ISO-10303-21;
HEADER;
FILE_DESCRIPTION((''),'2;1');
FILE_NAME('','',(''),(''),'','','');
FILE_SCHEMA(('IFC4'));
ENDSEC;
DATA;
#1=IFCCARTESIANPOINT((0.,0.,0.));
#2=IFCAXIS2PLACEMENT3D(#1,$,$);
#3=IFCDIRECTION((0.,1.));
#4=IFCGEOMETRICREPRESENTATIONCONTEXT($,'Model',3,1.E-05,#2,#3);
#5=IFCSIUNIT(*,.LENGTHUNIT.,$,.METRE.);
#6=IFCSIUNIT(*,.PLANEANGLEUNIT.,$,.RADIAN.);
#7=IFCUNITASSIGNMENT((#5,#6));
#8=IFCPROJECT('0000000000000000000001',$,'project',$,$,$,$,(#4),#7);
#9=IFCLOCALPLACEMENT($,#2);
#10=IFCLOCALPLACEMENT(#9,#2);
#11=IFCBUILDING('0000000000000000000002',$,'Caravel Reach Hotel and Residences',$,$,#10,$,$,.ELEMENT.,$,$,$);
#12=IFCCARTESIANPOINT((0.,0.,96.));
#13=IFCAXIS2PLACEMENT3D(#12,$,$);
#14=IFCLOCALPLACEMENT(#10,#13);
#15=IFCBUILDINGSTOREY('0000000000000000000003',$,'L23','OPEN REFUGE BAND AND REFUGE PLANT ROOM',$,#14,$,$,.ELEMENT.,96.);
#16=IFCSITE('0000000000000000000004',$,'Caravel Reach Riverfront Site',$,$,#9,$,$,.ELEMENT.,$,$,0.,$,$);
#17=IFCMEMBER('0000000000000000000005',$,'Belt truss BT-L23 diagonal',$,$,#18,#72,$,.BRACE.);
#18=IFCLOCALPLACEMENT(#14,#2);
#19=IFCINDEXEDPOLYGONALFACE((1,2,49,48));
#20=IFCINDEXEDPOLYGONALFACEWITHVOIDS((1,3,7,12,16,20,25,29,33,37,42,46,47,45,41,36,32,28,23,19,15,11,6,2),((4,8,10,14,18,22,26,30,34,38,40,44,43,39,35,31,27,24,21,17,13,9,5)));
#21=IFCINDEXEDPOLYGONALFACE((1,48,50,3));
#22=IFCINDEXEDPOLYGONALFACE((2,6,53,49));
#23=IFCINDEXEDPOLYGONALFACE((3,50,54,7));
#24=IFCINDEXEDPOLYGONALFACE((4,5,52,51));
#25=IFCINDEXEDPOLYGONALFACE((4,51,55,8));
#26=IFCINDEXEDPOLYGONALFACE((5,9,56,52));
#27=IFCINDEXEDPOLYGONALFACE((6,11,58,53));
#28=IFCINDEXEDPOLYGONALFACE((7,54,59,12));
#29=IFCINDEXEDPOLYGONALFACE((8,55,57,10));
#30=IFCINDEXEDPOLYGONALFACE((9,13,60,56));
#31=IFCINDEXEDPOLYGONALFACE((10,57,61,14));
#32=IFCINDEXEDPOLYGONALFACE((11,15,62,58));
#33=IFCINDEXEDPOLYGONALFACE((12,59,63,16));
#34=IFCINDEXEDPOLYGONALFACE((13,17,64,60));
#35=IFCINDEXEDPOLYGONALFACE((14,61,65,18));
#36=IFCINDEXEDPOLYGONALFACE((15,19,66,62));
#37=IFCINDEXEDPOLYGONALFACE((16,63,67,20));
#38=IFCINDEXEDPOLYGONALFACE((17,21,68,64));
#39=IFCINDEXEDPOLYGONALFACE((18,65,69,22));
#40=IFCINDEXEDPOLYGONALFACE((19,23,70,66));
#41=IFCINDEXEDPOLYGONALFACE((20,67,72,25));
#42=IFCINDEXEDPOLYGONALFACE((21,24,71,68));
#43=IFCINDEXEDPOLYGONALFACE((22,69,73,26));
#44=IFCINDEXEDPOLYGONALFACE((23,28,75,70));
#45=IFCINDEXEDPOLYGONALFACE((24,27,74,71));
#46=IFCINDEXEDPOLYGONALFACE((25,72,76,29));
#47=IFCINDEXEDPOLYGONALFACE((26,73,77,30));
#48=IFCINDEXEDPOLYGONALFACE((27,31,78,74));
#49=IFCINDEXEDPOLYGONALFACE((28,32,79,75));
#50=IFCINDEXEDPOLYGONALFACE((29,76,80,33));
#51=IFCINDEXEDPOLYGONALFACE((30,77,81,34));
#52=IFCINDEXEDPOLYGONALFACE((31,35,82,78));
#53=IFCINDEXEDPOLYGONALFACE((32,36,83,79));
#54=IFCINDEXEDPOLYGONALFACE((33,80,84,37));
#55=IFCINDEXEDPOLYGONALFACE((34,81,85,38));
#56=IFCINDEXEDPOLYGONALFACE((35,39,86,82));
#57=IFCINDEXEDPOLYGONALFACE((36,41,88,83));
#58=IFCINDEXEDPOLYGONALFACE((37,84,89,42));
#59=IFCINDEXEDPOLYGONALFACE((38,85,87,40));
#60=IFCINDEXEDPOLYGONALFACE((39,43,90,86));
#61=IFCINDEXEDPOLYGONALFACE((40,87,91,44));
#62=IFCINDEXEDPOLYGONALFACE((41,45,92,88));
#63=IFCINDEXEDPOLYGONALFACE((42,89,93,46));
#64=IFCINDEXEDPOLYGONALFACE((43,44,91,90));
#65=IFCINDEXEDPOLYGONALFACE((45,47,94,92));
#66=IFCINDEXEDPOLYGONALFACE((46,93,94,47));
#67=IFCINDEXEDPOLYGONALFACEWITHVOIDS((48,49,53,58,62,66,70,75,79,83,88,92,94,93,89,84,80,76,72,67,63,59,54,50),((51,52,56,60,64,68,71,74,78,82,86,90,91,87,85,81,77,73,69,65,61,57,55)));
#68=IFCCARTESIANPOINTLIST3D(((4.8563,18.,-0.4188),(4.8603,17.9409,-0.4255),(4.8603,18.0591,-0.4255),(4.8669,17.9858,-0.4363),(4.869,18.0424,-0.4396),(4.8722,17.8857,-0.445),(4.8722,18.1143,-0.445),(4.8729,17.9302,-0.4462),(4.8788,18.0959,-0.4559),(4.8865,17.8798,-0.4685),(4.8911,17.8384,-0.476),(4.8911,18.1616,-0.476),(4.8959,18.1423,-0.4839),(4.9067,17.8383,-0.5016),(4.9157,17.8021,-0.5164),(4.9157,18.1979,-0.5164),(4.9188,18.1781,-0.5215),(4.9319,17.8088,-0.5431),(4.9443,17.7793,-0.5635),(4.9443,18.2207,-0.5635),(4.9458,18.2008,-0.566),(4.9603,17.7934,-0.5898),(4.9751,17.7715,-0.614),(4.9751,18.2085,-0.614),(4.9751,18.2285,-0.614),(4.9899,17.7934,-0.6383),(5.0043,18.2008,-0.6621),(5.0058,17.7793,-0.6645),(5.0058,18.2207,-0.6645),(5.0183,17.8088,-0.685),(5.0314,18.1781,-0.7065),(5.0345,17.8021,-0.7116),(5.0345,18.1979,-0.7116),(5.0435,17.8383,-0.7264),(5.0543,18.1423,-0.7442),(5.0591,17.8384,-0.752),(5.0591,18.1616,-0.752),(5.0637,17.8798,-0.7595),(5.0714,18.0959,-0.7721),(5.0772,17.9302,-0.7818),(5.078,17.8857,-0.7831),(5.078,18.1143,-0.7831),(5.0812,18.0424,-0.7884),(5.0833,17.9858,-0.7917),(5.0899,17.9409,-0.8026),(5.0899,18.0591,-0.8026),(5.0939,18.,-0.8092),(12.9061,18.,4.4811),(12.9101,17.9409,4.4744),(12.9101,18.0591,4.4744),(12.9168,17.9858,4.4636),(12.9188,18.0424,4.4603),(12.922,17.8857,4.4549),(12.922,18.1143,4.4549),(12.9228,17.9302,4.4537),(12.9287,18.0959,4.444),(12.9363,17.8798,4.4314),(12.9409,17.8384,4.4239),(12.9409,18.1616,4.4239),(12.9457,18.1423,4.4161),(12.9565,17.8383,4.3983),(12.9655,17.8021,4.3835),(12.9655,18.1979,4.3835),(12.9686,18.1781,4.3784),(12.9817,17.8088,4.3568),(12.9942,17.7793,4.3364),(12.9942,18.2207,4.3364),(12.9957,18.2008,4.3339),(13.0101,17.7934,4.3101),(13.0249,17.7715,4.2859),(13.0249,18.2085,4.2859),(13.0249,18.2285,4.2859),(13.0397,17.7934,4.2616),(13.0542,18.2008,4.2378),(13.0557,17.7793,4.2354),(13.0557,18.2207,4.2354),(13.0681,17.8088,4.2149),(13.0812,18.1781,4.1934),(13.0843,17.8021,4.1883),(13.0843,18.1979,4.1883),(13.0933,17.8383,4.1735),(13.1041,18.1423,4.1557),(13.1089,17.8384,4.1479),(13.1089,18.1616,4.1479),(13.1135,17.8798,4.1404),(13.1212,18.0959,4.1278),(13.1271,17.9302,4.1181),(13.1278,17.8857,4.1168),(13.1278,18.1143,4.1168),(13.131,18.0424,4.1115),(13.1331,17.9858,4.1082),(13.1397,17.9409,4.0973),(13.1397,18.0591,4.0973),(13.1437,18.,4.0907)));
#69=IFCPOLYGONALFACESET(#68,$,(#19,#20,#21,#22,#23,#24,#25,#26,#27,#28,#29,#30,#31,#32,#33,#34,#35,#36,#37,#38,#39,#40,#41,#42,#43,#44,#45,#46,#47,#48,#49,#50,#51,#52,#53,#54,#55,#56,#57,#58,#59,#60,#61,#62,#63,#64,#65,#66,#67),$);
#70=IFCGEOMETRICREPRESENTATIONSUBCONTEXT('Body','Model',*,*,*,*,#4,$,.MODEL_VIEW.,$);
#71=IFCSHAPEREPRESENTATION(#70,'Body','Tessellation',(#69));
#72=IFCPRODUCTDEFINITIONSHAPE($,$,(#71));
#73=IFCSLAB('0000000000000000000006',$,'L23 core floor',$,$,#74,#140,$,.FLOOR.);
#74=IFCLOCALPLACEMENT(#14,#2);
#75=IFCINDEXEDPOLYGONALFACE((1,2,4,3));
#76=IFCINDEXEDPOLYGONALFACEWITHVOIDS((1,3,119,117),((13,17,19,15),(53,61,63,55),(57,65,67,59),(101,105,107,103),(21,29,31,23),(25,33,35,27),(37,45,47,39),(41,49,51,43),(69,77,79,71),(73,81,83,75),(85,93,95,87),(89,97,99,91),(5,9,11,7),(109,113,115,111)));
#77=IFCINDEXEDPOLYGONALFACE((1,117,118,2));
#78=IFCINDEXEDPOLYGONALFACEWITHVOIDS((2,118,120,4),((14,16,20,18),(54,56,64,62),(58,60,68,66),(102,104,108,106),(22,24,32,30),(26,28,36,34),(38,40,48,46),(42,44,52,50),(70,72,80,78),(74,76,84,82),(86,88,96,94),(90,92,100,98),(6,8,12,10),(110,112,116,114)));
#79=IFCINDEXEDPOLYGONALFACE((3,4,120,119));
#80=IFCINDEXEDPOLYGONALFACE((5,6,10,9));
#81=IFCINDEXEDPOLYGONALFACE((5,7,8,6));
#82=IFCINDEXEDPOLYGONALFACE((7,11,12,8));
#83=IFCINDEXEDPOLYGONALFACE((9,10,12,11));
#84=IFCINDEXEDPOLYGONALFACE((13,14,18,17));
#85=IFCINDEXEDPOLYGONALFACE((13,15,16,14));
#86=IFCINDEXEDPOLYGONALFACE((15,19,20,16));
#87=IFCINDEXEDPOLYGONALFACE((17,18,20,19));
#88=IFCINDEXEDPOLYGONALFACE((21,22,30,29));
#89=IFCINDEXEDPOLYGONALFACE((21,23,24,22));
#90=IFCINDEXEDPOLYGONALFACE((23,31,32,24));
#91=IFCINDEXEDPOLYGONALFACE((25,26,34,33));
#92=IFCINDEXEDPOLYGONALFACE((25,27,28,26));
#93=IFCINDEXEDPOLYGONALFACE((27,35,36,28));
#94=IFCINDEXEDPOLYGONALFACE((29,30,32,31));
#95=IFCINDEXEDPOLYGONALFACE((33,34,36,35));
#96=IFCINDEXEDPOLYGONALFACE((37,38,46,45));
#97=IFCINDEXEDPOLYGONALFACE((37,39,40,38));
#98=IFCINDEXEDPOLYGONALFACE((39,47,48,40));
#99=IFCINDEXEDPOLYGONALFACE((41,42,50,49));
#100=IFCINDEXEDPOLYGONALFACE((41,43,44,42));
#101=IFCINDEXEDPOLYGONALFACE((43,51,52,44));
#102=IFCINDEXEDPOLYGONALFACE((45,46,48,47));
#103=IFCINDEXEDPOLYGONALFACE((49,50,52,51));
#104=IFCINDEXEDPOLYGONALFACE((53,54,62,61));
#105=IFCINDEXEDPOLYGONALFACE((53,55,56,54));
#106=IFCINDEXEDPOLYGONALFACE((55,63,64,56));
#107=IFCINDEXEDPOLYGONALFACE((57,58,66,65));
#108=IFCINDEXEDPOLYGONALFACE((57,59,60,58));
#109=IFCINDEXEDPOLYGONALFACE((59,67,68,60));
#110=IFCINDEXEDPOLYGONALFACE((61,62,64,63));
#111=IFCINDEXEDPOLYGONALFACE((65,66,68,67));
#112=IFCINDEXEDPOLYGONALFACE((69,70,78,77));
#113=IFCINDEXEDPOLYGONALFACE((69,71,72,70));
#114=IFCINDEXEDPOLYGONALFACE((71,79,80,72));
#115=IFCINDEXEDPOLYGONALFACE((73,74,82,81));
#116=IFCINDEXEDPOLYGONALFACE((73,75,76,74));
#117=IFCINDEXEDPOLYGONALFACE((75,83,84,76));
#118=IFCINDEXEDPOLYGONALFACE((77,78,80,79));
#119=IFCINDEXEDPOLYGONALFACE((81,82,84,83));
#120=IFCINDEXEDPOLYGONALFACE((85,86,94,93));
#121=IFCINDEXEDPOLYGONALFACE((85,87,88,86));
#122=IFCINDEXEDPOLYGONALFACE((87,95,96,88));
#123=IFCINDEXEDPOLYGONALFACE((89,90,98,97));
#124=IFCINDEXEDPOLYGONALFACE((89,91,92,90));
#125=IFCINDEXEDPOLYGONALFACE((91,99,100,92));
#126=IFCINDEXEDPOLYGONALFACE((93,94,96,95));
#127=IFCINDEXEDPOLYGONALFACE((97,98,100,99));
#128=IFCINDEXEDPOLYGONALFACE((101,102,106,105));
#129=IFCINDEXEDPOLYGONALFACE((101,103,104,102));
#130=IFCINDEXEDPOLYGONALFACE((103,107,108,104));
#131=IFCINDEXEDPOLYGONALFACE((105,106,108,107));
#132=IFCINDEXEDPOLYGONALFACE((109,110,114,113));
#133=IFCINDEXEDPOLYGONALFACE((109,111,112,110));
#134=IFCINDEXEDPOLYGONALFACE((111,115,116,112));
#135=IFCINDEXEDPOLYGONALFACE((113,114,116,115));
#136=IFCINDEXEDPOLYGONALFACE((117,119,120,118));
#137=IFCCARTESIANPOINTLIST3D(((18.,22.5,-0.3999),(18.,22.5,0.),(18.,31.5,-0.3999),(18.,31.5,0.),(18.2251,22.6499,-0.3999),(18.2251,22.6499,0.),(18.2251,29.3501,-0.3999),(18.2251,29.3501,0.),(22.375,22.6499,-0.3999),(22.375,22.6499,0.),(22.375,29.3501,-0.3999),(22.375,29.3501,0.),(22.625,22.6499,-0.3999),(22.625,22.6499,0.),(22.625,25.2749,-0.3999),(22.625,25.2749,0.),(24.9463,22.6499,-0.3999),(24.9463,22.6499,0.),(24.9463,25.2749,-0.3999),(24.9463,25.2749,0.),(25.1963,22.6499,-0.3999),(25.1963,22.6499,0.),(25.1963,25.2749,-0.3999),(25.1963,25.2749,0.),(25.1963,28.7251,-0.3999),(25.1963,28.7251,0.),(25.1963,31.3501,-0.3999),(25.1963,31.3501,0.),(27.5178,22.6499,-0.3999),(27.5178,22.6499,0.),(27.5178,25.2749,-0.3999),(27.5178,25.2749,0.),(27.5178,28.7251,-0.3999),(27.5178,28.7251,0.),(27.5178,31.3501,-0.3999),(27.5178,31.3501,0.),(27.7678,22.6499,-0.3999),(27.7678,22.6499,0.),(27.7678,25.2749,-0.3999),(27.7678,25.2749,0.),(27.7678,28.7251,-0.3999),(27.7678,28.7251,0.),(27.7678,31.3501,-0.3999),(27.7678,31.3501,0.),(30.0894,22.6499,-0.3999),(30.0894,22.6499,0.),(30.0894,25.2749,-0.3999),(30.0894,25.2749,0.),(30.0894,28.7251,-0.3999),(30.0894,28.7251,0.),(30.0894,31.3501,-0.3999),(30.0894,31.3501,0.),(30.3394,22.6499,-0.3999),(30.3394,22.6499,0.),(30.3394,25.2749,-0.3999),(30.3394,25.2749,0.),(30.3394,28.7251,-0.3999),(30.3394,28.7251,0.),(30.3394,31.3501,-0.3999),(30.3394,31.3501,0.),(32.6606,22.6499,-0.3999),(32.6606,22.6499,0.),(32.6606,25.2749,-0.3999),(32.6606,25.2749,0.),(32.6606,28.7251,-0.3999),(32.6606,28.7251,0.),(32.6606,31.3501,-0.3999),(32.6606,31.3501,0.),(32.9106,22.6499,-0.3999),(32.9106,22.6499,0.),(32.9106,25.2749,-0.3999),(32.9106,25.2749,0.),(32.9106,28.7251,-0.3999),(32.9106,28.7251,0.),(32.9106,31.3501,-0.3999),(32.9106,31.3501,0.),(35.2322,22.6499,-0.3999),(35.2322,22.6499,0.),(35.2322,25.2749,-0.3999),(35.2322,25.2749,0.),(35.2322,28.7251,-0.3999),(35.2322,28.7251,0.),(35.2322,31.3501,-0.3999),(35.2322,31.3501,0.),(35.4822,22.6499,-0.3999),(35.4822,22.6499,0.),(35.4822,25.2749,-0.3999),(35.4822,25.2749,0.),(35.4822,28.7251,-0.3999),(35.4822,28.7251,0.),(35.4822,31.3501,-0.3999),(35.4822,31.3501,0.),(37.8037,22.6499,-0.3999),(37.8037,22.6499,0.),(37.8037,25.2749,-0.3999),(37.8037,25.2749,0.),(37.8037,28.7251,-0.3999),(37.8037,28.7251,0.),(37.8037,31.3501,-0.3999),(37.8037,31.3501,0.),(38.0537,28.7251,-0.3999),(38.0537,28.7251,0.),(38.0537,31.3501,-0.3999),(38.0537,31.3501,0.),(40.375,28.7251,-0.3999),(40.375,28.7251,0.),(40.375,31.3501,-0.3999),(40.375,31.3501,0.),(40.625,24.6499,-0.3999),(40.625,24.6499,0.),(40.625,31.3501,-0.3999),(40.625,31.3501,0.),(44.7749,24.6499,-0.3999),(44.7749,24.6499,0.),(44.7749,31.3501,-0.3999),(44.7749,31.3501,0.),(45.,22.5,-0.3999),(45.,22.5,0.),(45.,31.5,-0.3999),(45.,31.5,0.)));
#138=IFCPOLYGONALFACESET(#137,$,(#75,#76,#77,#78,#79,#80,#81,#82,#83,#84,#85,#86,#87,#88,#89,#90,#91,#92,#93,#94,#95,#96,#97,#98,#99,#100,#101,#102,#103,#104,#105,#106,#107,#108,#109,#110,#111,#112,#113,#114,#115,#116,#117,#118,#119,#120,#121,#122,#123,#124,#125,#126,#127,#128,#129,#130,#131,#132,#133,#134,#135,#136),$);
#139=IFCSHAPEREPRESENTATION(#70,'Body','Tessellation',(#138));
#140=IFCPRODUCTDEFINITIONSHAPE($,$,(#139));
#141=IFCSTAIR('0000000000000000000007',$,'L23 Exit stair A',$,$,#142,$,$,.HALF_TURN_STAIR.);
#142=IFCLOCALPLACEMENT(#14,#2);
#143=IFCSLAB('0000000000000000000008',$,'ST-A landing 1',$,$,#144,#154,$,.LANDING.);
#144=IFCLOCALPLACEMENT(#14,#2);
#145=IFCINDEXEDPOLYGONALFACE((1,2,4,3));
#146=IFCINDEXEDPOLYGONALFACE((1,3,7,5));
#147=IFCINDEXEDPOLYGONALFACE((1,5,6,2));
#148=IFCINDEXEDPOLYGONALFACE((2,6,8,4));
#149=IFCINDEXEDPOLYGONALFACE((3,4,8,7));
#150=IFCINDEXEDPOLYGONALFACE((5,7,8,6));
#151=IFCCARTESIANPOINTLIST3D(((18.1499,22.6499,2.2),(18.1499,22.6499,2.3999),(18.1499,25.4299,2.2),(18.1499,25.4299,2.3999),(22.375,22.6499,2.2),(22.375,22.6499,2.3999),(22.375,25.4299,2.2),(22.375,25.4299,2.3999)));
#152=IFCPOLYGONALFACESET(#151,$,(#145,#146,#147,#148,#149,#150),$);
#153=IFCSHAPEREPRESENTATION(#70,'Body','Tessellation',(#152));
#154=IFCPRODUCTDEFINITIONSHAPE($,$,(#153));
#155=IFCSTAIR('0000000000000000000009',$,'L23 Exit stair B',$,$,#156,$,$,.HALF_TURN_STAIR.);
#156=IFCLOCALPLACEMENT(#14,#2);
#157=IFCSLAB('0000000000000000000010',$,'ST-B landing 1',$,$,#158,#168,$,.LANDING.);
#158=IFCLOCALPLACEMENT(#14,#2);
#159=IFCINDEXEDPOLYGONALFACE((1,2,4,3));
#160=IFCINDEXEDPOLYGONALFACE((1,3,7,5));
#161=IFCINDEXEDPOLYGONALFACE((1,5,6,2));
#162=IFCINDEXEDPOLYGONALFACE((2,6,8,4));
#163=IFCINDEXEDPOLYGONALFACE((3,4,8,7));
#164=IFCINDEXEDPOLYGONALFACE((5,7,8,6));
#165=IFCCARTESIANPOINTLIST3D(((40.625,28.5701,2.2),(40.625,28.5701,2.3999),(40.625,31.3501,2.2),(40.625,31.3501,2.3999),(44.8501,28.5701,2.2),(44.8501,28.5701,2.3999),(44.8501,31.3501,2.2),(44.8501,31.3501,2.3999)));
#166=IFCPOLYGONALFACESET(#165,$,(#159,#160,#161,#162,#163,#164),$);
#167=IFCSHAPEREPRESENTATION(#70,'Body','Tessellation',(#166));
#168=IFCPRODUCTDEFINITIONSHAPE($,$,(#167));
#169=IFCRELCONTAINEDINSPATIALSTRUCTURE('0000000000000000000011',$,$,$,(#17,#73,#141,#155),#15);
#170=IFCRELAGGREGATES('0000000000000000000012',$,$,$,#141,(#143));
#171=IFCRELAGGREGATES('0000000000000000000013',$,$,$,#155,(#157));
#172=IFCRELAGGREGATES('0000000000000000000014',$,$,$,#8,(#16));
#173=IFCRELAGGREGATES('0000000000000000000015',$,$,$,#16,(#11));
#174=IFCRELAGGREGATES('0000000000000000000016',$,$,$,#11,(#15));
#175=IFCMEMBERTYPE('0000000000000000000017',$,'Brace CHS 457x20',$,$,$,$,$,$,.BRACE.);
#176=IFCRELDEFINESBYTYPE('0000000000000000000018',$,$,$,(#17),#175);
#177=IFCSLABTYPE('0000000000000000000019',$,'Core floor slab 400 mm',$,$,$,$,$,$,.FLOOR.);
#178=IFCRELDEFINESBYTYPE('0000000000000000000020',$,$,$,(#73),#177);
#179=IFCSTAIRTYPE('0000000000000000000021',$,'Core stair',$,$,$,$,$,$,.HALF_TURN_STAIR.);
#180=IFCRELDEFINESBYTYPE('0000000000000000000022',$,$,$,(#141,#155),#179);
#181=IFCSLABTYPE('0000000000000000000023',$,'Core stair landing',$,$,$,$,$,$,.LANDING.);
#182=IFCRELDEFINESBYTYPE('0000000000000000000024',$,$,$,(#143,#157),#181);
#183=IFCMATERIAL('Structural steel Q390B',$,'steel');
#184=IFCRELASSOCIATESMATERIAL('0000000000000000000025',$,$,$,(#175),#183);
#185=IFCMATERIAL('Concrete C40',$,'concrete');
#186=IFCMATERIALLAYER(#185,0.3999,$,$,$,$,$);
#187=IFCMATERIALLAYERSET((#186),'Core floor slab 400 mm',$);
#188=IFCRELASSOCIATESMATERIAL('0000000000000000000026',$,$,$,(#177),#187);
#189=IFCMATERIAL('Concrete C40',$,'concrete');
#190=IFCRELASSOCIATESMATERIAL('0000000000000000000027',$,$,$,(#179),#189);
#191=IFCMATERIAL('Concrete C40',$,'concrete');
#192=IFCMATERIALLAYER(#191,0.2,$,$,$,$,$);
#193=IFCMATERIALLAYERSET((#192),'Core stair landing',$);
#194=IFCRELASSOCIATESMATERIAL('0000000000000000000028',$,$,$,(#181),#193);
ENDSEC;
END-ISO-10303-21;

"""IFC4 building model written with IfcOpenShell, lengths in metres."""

from ifc_helpers import new_model, si_unit, direction, frame, origin, origin_2d, place, context, subcontext, project, spatial, polyline, hollow_circle, outline, extrude, material, layer, layer_set, material_profile, profile_set, type_object, element, aggregate, save


model = new_model("IFC4")

# Units and contexts
model_context = context("Model", 3, precision=1e-05, world=origin(), true_north=direction((0.0, 1.0)))
body_context = subcontext(model_context, "Body", "Model", "MODEL_VIEW")
ifc_project = project(units=[si_unit("LENGTHUNIT", "METRE"), si_unit("PLANEANGLEUNIT", "RADIAN")], contexts=[model_context])

# Site, building, storey
site_placement = place(None, origin())
site = spatial("IfcSite", under=ifc_project, at=site_placement, Name="Caravel Reach Riverfront Site", CompositionType="ELEMENT", RefElevation=0.0)
building_placement = place(site_placement, origin())
building = spatial("IfcBuilding", under=site, at=building_placement, Name="Caravel Reach Hotel and Residences", CompositionType="ELEMENT")
storey_placement = place(building_placement, frame((0.0, 0.0, 96.0)))
storey = spatial("IfcBuildingStorey", under=building, at=storey_placement, Name="L23", Description="OPEN REFUGE BAND AND REFUGE PLANT ROOM", CompositionType="ELEMENT", Elevation=96.0)

# Member
ifc_material_1 = material(Name="Structural steel Q390B", Category="steel")
ifc_material_profile_1 = material_profile(ifc_material_1, hollow_circle(Radius=0.2285, WallThickness=0.02, at=origin_2d()), Name="CHS 457x20")
ifc_profile_set_1 = profile_set([ifc_material_profile_1], Name="Structural steel Q390B")
member_type = type_object("IfcMemberType", Name="Brace CHS 457x20", PredefinedType="BRACE", material=ifc_profile_set_1)
member_placement = place(storey_placement, frame((4.9751, 18.0, -0.614), z_axis=(0.854198, 0.0, 0.519949), x_axis=(0.0, 1.0, 0.0)))
element("IfcMember", 1, at=member_placement, inside=storey, type_object=member_type, Name="Belt truss BT-L23 diagonal", PredefinedType="BRACE", context=body_context, shape_type="SweptSolid", body=[
    extrude(hollow_circle(Radius=0.2285, WallThickness=0.02, at=origin_2d()), origin(), (0.0, 0.0, 1.0), 9.4238),
])

# Slab
ifc_material_2 = material(Name="Concrete C40", Category="concrete")
ifc_layer_1 = layer(ifc_material_2, 0.3999)
ifc_layer_set_1 = layer_set([ifc_layer_1], Name="Core floor slab 400 mm")
slab_type_1 = type_object("IfcSlabType", Name="Core floor slab 400 mm", PredefinedType="FLOOR", material=ifc_layer_set_1)
slab_1_placement = place(storey_placement, frame((0.0, 0.0, -0.3999)))
element("IfcSlab", 2, at=slab_1_placement, inside=storey, type_object=slab_type_1, Name="L23 core floor", PredefinedType="FLOOR", context=body_context, shape_type="SweptSolid", body=[
    extrude(outline(polyline([(18.0, 31.5), (45.0, 31.5), (45.0, 22.5), (18.0, 22.5), (18.0, 31.5)]), holes=[polyline([(22.625, 25.2749), (22.625, 22.6499), (24.9463, 22.6499), (24.9463, 25.2749), (22.625, 25.2749)]), polyline([(27.5178, 25.2749), (25.1963, 25.2749), (25.1963, 22.6499), (27.5178, 22.6499), (27.5178, 25.2749)]), polyline([(30.0894, 25.2749), (27.7678, 25.2749), (27.7678, 22.6499), (30.0894, 22.6499), (30.0894, 25.2749)]), polyline([(32.6606, 25.2749), (30.3394, 25.2749), (30.3394, 22.6499), (32.6606, 22.6499), (32.6606, 25.2749)]), polyline([(18.2251, 22.6499), (22.375, 22.6499), (22.375, 29.3501), (18.2251, 29.3501), (18.2251, 22.6499)]), polyline([(27.5178, 31.3501), (25.1963, 31.3501), (25.1963, 28.7251), (27.5178, 28.7251), (27.5178, 31.3501)]), polyline([(30.0894, 31.3501), (27.7678, 31.3501), (27.7678, 28.7251), (30.0894, 28.7251), (30.0894, 31.3501)]), polyline([(32.9106, 25.2749), (32.9106, 22.6499), (35.2322, 22.6499), (35.2322, 25.2749), (32.9106, 25.2749)]), polyline([(37.8037, 25.2749), (35.4822, 25.2749), (35.4822, 22.6499), (37.8037, 22.6499), (37.8037, 25.2749)]), polyline([(44.7749, 31.3501), (40.625, 31.3501), (40.625, 24.6499), (44.7749, 24.6499), (44.7749, 31.3501)]), polyline([(32.6606, 31.3501), (30.3394, 31.3501), (30.3394, 28.7251), (32.6606, 28.7251), (32.6606, 31.3501)]), polyline([(35.2322, 31.3501), (32.9106, 31.3501), (32.9106, 28.7251), (35.2322, 28.7251), (35.2322, 31.3501)]), polyline([(37.8037, 31.3501), (35.4822, 31.3501), (35.4822, 28.7251), (37.8037, 28.7251), (37.8037, 31.3501)]), polyline([(40.375, 31.3501), (38.0537, 31.3501), (38.0537, 28.7251), (40.375, 28.7251), (40.375, 31.3501)])]), origin(), (0.0, 0.0, 1.0), 0.3999),
])

# Stairs, slabs
ifc_material_3 = material(Name="Concrete C40", Category="concrete")
stair_type = type_object("IfcStairType", Name="Core stair", PredefinedType="HALF_TURN_STAIR", material=ifc_material_3)
stair_1_placement = place(storey_placement, origin())
stair_1 = element("IfcStair", 3, at=stair_1_placement, inside=storey, type_object=stair_type, Name="L23 Exit stair A", PredefinedType="HALF_TURN_STAIR")
ifc_material_4 = material(Name="Concrete C40", Category="concrete")
ifc_layer_2 = layer(ifc_material_4, 0.2)
ifc_layer_set_2 = layer_set([ifc_layer_2], Name="Core stair landing")
slab_type_2 = type_object("IfcSlabType", Name="Core stair landing", PredefinedType="LANDING", material=ifc_layer_set_2)
slab_2_placement = place(storey_placement, frame((0.0, 0.0, 2.2)))
slab_2 = element("IfcSlab", 4, at=slab_2_placement, type_object=slab_type_2, Name="ST-A landing 1", PredefinedType="LANDING", context=body_context, shape_type="SweptSolid", body=[
    extrude(outline(polyline([(18.1499, 25.4299), (18.1499, 22.6499), (22.375, 22.6499), (22.375, 25.4299), (18.1499, 25.4299)])), origin(), (0.0, 0.0, 1.0), 0.2),
])
aggregate(stair_1, [slab_2])
stair_2_placement = place(storey_placement, origin())
stair_2 = element("IfcStair", 5, at=stair_2_placement, inside=storey, type_object=stair_type, Name="L23 Exit stair B", PredefinedType="HALF_TURN_STAIR")
slab_3_placement = place(storey_placement, frame((0.0, 0.0, 2.2)))
slab_3 = element("IfcSlab", 6, at=slab_3_placement, type_object=slab_type_2, Name="ST-B landing 1", PredefinedType="LANDING", context=body_context, shape_type="SweptSolid", body=[
    extrude(outline(polyline([(44.8501, 28.5701), (44.8501, 31.3501), (40.625, 31.3501), (40.625, 28.5701), (44.8501, 28.5701)])), origin(), (0.0, 0.0, 1.0), 0.2),
])
aggregate(stair_2, [slab_3])

save(model, "model.ifc")
